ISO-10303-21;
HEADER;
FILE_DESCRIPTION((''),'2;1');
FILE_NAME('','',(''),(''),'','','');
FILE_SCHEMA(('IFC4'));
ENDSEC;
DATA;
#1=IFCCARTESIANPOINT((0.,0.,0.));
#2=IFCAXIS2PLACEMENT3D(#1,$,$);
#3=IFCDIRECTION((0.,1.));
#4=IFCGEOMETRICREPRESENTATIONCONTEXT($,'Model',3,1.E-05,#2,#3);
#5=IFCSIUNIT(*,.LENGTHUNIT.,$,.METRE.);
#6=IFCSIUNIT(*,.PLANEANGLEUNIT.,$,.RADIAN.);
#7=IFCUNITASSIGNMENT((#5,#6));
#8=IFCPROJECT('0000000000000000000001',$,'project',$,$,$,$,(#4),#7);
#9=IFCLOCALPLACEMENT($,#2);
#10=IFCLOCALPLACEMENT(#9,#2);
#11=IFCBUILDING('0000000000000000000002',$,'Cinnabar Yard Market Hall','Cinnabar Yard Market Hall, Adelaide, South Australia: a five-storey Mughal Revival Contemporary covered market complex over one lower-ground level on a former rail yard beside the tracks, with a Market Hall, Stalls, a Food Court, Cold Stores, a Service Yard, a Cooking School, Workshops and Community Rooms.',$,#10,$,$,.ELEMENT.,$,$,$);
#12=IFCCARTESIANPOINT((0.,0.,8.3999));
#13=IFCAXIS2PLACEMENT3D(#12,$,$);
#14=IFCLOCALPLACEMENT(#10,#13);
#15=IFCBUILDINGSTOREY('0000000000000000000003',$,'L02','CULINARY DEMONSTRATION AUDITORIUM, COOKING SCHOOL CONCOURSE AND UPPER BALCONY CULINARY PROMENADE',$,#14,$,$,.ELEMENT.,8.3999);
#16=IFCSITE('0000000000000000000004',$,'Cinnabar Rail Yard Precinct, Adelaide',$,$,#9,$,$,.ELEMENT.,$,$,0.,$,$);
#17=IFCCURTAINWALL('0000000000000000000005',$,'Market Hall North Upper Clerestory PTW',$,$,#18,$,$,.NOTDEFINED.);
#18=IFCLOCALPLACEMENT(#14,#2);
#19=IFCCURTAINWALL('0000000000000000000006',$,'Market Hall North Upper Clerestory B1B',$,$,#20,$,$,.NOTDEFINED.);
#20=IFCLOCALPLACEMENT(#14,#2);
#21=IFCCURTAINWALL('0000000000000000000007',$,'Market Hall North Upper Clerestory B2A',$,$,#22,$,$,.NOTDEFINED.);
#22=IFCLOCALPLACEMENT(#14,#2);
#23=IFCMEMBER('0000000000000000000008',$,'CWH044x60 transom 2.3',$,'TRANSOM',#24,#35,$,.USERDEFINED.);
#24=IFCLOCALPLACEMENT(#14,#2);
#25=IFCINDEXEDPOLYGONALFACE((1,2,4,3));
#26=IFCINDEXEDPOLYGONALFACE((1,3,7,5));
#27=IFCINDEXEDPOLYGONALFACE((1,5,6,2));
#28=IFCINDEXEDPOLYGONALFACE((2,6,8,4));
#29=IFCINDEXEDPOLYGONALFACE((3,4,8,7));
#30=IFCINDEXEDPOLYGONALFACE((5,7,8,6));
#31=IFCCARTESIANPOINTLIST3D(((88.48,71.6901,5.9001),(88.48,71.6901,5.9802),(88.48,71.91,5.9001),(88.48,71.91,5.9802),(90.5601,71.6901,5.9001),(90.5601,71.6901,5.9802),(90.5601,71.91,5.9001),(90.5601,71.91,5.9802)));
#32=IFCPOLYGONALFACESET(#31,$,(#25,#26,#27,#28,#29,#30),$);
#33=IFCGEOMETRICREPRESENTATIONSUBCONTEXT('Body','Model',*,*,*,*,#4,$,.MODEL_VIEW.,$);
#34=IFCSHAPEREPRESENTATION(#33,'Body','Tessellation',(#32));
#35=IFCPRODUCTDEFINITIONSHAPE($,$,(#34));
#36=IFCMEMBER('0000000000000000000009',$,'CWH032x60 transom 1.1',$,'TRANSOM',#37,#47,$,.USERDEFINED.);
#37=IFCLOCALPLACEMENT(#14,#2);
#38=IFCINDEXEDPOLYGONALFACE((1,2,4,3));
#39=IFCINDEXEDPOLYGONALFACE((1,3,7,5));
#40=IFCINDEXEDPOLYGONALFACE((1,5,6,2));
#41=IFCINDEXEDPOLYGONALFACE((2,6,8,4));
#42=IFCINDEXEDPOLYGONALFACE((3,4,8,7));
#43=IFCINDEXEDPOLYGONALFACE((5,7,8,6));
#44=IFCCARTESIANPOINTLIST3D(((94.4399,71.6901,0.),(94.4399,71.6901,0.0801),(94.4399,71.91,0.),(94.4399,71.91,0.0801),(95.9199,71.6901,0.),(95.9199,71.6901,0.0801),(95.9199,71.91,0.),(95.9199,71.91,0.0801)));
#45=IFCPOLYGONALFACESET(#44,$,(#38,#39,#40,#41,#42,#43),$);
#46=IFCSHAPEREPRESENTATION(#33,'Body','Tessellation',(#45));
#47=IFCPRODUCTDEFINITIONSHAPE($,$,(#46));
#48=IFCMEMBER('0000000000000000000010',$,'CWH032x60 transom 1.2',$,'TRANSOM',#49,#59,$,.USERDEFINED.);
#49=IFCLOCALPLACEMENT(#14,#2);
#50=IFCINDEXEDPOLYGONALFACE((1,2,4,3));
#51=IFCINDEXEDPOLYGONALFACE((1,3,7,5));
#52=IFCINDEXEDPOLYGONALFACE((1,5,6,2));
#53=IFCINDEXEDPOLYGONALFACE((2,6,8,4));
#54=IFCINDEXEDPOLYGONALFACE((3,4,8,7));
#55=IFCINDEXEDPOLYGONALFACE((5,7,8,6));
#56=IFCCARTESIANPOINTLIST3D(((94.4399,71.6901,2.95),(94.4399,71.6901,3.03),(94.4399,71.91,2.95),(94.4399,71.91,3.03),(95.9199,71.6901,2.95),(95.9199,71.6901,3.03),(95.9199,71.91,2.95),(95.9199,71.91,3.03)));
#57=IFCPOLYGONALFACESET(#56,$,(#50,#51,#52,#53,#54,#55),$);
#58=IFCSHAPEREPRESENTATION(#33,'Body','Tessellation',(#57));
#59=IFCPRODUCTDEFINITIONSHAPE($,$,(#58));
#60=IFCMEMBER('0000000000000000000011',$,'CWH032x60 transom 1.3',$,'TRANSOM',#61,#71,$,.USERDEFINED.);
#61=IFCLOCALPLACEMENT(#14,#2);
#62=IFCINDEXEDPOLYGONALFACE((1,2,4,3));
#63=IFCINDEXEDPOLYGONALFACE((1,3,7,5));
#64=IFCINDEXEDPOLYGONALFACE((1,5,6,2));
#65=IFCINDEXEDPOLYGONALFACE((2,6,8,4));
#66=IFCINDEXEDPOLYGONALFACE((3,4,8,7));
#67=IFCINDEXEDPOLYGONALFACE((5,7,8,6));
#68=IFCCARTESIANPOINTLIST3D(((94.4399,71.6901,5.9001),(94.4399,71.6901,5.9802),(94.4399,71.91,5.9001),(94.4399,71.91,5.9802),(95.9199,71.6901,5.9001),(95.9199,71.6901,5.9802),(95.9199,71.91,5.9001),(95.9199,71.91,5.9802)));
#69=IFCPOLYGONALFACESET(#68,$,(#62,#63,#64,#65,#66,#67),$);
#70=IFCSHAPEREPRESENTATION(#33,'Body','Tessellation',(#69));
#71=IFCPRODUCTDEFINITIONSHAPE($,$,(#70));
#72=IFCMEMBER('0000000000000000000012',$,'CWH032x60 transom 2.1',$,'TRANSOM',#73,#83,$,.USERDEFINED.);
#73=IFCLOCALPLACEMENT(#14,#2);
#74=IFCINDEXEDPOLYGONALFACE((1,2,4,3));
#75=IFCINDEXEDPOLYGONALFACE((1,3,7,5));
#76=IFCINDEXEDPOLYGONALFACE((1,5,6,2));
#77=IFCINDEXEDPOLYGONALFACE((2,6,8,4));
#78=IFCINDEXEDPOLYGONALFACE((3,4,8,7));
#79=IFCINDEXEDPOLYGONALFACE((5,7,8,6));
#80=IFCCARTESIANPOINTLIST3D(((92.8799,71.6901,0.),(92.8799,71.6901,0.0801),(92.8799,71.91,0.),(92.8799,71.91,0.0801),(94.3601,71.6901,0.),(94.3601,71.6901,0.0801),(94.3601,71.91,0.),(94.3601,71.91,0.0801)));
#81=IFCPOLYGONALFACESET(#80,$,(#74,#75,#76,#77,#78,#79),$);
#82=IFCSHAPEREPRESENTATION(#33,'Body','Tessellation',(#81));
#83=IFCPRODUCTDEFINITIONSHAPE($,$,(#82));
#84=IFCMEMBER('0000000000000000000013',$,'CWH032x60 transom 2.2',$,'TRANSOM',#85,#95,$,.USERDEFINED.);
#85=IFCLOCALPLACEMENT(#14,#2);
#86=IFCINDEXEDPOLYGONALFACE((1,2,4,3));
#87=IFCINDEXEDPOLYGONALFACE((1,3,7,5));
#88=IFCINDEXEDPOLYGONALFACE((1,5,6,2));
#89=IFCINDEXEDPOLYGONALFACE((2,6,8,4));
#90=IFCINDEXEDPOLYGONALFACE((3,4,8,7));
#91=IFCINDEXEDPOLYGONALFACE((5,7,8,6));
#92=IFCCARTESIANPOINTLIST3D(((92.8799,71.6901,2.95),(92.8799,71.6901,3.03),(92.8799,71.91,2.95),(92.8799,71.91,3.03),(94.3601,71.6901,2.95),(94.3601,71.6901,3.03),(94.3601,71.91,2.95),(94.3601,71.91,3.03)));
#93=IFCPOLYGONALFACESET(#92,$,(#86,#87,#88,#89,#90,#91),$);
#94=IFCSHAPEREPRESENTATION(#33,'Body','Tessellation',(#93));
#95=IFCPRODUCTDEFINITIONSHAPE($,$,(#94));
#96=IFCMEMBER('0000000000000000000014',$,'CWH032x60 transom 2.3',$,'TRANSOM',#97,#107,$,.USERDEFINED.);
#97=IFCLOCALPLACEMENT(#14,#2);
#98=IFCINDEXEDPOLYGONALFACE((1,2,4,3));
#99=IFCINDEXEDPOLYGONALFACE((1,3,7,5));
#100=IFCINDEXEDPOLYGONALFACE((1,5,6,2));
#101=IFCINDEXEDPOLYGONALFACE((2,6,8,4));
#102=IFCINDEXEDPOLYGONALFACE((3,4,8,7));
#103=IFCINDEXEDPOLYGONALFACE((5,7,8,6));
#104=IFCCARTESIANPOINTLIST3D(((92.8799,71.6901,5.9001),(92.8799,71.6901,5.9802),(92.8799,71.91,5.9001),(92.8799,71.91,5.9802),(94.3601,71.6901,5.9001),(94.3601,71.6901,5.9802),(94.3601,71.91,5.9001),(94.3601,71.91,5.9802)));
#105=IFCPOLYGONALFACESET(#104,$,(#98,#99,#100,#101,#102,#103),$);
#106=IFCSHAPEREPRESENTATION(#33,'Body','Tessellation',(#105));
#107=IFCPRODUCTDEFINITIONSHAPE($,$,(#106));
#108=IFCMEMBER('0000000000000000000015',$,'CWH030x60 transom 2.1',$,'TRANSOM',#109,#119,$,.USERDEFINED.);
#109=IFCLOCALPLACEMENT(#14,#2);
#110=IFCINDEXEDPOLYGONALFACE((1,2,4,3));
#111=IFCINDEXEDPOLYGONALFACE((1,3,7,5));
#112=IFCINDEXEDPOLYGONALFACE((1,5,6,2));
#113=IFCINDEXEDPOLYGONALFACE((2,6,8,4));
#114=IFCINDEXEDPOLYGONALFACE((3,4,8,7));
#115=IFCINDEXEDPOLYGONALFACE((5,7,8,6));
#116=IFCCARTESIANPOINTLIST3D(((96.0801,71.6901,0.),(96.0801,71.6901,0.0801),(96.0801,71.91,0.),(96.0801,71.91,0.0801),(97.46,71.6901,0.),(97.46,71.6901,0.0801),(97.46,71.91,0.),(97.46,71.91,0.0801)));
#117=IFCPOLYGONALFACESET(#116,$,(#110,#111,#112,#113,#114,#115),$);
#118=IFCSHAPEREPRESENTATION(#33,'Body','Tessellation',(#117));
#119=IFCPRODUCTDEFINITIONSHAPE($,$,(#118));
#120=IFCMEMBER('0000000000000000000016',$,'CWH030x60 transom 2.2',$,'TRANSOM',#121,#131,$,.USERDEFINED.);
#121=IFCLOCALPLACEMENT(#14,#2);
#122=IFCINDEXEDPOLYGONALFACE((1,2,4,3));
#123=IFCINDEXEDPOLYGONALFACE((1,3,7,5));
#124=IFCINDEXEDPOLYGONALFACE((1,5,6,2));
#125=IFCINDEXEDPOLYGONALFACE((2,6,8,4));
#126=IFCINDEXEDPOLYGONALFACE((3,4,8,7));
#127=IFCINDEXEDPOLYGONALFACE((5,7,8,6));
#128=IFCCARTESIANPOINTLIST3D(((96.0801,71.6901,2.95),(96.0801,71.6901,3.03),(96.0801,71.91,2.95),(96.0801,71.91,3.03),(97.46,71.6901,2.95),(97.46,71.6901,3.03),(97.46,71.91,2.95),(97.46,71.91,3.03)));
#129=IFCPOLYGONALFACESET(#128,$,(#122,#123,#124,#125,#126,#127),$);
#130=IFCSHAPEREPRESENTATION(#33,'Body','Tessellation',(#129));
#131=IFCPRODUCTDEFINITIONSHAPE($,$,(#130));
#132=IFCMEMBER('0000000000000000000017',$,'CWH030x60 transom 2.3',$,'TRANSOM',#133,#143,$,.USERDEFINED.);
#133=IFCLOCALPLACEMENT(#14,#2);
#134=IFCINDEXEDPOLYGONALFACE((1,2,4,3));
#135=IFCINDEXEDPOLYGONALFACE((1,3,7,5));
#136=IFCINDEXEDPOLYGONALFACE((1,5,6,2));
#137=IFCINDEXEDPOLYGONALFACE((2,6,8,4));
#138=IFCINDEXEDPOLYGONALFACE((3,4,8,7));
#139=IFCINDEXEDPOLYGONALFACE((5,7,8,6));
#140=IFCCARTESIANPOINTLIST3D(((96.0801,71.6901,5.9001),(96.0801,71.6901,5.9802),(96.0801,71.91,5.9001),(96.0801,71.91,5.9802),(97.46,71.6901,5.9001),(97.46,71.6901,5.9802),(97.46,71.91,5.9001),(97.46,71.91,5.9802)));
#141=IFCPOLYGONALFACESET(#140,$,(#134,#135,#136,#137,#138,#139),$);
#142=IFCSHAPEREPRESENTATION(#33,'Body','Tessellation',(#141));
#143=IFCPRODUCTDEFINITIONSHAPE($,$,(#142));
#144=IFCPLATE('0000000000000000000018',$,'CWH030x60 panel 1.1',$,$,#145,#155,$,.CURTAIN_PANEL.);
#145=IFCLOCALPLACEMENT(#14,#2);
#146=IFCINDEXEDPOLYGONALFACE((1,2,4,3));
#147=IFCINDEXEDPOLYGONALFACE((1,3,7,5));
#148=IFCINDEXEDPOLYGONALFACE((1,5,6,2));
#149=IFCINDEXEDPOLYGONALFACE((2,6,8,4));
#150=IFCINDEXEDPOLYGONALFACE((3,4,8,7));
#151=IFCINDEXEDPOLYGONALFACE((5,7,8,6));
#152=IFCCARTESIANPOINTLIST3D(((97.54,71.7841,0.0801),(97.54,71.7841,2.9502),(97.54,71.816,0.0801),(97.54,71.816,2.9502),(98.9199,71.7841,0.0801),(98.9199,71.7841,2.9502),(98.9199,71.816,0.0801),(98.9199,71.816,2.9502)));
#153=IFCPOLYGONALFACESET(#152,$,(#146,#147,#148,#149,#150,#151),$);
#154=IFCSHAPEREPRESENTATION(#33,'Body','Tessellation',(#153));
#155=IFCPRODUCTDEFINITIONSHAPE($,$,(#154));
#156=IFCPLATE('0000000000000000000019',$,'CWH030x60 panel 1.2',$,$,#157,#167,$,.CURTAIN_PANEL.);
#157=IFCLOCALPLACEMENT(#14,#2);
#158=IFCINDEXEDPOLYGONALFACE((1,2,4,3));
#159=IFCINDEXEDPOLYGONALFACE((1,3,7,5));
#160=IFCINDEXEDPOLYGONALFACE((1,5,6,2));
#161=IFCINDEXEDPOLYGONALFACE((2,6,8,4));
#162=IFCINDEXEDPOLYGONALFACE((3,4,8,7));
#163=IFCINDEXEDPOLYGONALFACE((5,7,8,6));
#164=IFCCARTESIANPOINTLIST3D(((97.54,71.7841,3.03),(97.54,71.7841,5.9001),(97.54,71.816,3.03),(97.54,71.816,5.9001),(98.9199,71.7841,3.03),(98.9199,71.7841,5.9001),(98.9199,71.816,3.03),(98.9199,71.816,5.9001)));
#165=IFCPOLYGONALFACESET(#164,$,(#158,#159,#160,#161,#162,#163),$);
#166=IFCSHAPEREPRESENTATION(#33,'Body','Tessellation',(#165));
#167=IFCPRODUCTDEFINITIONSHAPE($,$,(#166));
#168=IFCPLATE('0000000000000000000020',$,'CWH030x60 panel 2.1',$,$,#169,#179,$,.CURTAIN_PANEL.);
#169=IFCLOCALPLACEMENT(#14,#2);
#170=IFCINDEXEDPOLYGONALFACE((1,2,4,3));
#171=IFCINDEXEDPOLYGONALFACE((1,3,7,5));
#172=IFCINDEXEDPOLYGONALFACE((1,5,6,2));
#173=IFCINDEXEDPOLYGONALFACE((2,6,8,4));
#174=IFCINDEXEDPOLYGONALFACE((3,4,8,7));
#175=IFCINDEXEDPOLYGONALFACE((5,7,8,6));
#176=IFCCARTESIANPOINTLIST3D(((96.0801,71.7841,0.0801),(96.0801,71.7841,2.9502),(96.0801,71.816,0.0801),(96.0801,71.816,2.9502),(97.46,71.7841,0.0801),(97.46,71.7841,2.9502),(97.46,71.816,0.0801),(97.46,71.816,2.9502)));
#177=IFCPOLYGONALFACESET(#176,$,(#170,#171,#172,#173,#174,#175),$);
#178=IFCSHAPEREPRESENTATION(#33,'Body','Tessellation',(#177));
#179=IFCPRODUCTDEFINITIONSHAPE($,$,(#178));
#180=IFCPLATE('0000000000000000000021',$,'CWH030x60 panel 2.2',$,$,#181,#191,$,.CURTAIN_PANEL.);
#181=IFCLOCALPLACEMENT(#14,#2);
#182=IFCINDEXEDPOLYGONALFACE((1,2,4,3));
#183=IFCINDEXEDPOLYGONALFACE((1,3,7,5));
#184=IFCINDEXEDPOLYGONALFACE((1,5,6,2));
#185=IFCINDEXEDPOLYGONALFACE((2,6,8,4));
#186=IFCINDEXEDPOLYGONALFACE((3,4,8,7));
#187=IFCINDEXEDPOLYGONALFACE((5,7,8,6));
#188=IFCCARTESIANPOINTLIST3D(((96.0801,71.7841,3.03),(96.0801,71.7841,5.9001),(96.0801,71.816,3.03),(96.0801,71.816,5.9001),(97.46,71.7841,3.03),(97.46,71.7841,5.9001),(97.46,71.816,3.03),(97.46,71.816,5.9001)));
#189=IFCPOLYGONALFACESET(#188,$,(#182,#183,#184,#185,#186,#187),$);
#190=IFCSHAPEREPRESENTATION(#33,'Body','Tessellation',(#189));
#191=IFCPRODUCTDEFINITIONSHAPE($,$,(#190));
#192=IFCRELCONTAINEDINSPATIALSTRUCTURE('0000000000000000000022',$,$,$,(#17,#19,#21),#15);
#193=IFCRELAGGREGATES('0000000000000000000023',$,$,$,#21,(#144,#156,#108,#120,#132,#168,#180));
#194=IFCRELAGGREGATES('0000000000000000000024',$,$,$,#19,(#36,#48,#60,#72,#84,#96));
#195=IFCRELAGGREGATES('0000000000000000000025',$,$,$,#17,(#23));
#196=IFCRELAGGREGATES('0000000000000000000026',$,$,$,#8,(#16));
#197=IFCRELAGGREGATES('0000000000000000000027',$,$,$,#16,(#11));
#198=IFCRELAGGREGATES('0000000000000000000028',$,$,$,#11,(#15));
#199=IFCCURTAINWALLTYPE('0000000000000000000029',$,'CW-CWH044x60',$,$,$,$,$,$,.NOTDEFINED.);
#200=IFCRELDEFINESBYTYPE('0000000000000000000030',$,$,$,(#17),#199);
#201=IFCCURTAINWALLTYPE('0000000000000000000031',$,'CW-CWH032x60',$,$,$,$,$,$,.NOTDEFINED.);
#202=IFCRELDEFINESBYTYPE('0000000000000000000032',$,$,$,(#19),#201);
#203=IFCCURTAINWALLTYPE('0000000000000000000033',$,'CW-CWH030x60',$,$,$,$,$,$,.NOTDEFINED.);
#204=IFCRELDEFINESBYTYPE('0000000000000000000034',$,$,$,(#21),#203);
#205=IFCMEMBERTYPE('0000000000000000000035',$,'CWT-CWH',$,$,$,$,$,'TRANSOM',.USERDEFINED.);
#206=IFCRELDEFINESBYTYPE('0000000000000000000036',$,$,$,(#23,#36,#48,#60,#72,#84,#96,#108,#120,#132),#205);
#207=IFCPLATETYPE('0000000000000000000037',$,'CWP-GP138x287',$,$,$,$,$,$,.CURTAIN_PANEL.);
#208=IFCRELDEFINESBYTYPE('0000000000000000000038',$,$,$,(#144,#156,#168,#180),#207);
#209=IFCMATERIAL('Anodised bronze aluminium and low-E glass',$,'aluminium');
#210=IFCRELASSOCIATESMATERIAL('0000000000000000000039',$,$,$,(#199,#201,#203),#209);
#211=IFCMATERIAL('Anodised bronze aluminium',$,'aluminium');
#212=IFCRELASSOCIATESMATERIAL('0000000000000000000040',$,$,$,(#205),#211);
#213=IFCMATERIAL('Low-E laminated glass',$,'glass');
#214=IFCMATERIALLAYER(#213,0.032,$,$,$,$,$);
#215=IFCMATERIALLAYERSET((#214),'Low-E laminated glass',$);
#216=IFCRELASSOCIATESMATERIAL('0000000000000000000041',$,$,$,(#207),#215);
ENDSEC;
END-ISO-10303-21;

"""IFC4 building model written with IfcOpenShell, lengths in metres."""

from ifc_helpers import new_model, si_unit, direction, frame, origin, origin_2d_with_axis, place, context, subcontext, project, spatial, rectangle, extrude, material, layer, layer_set, material_profile, profile_set, type_object, element, aggregate, save


model = new_model("IFC4")

# Units and contexts
model_context = context("Model", 3, precision=1e-05, world=origin(), true_north=direction((0.0, 1.0)))
body_context = subcontext(model_context, "Body", "Model", "MODEL_VIEW")
ifc_project = project(units=[si_unit("LENGTHUNIT", "METRE"), si_unit("PLANEANGLEUNIT", "RADIAN")], contexts=[model_context])

# Site, building, storey
site_placement = place(None, origin())
site = spatial("IfcSite", under=ifc_project, at=site_placement, Name="Cinnabar Rail Yard Precinct, Adelaide", CompositionType="ELEMENT", RefElevation=0.0)
building_placement = place(site_placement, origin())
building = spatial("IfcBuilding", under=site, at=building_placement, Name="Cinnabar Yard Market Hall", Description="Cinnabar Yard Market Hall, Adelaide, South Australia: a five-storey Mughal Revival Contemporary covered market complex over one lower-ground level on a former rail yard beside the tracks, with a Market Hall, Stalls, a Food Court, Cold Stores, a Service Yard, a Cooking School, Workshops and Community Rooms.", CompositionType="ELEMENT")
storey_placement = place(building_placement, frame((0.0, 0.0, 8.3999)))
storey = spatial("IfcBuildingStorey", under=building, at=storey_placement, Name="L02", Description="CULINARY DEMONSTRATION AUDITORIUM, COOKING SCHOOL CONCOURSE AND UPPER BALCONY CULINARY PROMENADE", CompositionType="ELEMENT", Elevation=8.3999)

# Shared definitions
ifc_material_1 = material(Name="Anodised bronze aluminium and low-E glass", Category="aluminium")
curtain_wall_type_1 = type_object("IfcCurtainWallType", Name="CW-CWH044x60", PredefinedType="NOTDEFINED", material=ifc_material_1)
ifc_material_2 = material(Name="Anodised bronze aluminium", Category="aluminium")

# Curtain walls
curtain_wall_1_placement = place(storey_placement, origin())
curtain_wall_1 = element("IfcCurtainWall", 1, at=curtain_wall_1_placement, inside=storey, type_object=curtain_wall_type_1, Name="Market Hall North Upper Clerestory PTW", PredefinedType="NOTDEFINED")
curtain_wall_type_2 = type_object("IfcCurtainWallType", Name="CW-CWH032x60", PredefinedType="NOTDEFINED", material=ifc_material_1)
curtain_wall_2_placement = place(storey_placement, origin())
curtain_wall_2 = element("IfcCurtainWall", 2, at=curtain_wall_2_placement, inside=storey, type_object=curtain_wall_type_2, Name="Market Hall North Upper Clerestory B1B", PredefinedType="NOTDEFINED")
curtain_wall_type_3 = type_object("IfcCurtainWallType", Name="CW-CWH030x60", PredefinedType="NOTDEFINED", material=ifc_material_1)
curtain_wall_3_placement = place(storey_placement, origin())
curtain_wall_3 = element("IfcCurtainWall", 3, at=curtain_wall_3_placement, inside=storey, type_object=curtain_wall_type_3, Name="Market Hall North Upper Clerestory B2A", PredefinedType="NOTDEFINED")

# Members
ifc_material_profile_1 = material_profile(ifc_material_2, rectangle(XDim=0.22, YDim=0.0801, at=origin_2d_with_axis()), Name="TRN-CWH")
ifc_profile_set_1 = profile_set([ifc_material_profile_1], Name="Anodised bronze aluminium")
member_type_1 = type_object("IfcMemberType", Name="CWT-CWH", ElementType="TRANSOM", PredefinedType="USERDEFINED", material=ifc_profile_set_1)
member_1_placement = place(storey_placement, frame((90.5601, 71.8, 5.9402), z_axis=(-1.0, 0.0, 0.0), x_axis=(0.0, -1.0, 0.0)))
member_1 = element("IfcMember", 4, at=member_1_placement, type_object=member_type_1, Name="CWH044x60 transom 2.3", ObjectType="TRANSOM", PredefinedType="USERDEFINED", context=body_context, shape_type="SweptSolid", body=[
    extrude(rectangle(XDim=0.22, YDim=0.0801, at=origin_2d_with_axis()), origin(), (0.0, 0.0, 1.0), 2.0801),
])
member_2_placement = place(storey_placement, frame((95.9199, 71.8, 0.04), z_axis=(-1.0, 0.0, 0.0), x_axis=(0.0, -1.0, 0.0)))
member_2 = element("IfcMember", 5, at=member_2_placement, type_object=member_type_1, Name="CWH032x60 transom 1.1", ObjectType="TRANSOM", PredefinedType="USERDEFINED", context=body_context, shape_type="SweptSolid", body=[
    extrude(rectangle(XDim=0.22, YDim=0.0801, at=origin_2d_with_axis()), origin(), (0.0, 0.0, 1.0), 1.48),
])
member_3_placement = place(storey_placement, frame((95.9199, 71.8, 2.99), z_axis=(-1.0, 0.0, 0.0), x_axis=(0.0, -1.0, 0.0)))
member_3 = element("IfcMember", 6, at=member_3_placement, type_object=member_type_1, Name="CWH032x60 transom 1.2", ObjectType="TRANSOM", PredefinedType="USERDEFINED", context=body_context, shape_type="SweptSolid", body=[
    extrude(rectangle(XDim=0.22, YDim=0.0801, at=origin_2d_with_axis()), origin(), (0.0, 0.0, 1.0), 1.48),
])
member_4_placement = place(storey_placement, frame((95.9199, 71.8, 5.9402), z_axis=(-1.0, 0.0, 0.0), x_axis=(0.0, -1.0, 0.0)))
member_4 = element("IfcMember", 7, at=member_4_placement, type_object=member_type_1, Name="CWH032x60 transom 1.3", ObjectType="TRANSOM", PredefinedType="USERDEFINED", context=body_context, shape_type="SweptSolid", body=[
    extrude(rectangle(XDim=0.22, YDim=0.0801, at=origin_2d_with_axis()), origin(), (0.0, 0.0, 1.0), 1.48),
])
member_5_placement = place(storey_placement, frame((94.3601, 71.8, 0.04), z_axis=(-1.0, 0.0, 0.0), x_axis=(0.0, -1.0, 0.0)))
member_5 = element("IfcMember", 8, at=member_5_placement, type_object=member_type_1, Name="CWH032x60 transom 2.1", ObjectType="TRANSOM", PredefinedType="USERDEFINED", context=body_context, shape_type="SweptSolid", body=[
    extrude(rectangle(XDim=0.22, YDim=0.0801, at=origin_2d_with_axis()), origin(), (0.0, 0.0, 1.0), 1.4802),
])
member_6_placement = place(storey_placement, frame((94.3601, 71.8, 2.99), z_axis=(-1.0, 0.0, 0.0), x_axis=(0.0, -1.0, 0.0)))
member_6 = element("IfcMember", 9, at=member_6_placement, type_object=member_type_1, Name="CWH032x60 transom 2.2", ObjectType="TRANSOM", PredefinedType="USERDEFINED", context=body_context, shape_type="SweptSolid", body=[
    extrude(rectangle(XDim=0.22, YDim=0.0801, at=origin_2d_with_axis()), origin(), (0.0, 0.0, 1.0), 1.4802),
])
member_7_placement = place(storey_placement, frame((94.3601, 71.8, 5.9402), z_axis=(-1.0, 0.0, 0.0), x_axis=(0.0, -1.0, 0.0)))
member_7 = element("IfcMember", 10, at=member_7_placement, type_object=member_type_1, Name="CWH032x60 transom 2.3", ObjectType="TRANSOM", PredefinedType="USERDEFINED", context=body_context, shape_type="SweptSolid", body=[
    extrude(rectangle(XDim=0.22, YDim=0.0801, at=origin_2d_with_axis()), origin(), (0.0, 0.0, 1.0), 1.4802),
])
member_8_placement = place(storey_placement, frame((97.46, 71.8, 0.04), z_axis=(-1.0, 0.0, 0.0), x_axis=(0.0, -1.0, 0.0)))
member_8 = element("IfcMember", 11, at=member_8_placement, type_object=member_type_1, Name="CWH030x60 transom 2.1", ObjectType="TRANSOM", PredefinedType="USERDEFINED", context=body_context, shape_type="SweptSolid", body=[
    extrude(rectangle(XDim=0.22, YDim=0.0801, at=origin_2d_with_axis()), origin(), (0.0, 0.0, 1.0), 1.3799),
])
member_9_placement = place(storey_placement, frame((97.46, 71.8, 2.99), z_axis=(-1.0, 0.0, 0.0), x_axis=(0.0, -1.0, 0.0)))
member_9 = element("IfcMember", 12, at=member_9_placement, type_object=member_type_1, Name="CWH030x60 transom 2.2", ObjectType="TRANSOM", PredefinedType="USERDEFINED", context=body_context, shape_type="SweptSolid", body=[
    extrude(rectangle(XDim=0.22, YDim=0.0801, at=origin_2d_with_axis()), origin(), (0.0, 0.0, 1.0), 1.3799),
])
member_10_placement = place(storey_placement, frame((97.46, 71.8, 5.9402), z_axis=(-1.0, 0.0, 0.0), x_axis=(0.0, -1.0, 0.0)))
member_10 = element("IfcMember", 13, at=member_10_placement, type_object=member_type_1, Name="CWH030x60 transom 2.3", ObjectType="TRANSOM", PredefinedType="USERDEFINED", context=body_context, shape_type="SweptSolid", body=[
    extrude(rectangle(XDim=0.22, YDim=0.0801, at=origin_2d_with_axis()), origin(), (0.0, 0.0, 1.0), 1.3799),
])

# Plates
ifc_material_3 = material(Name="Low-E laminated glass", Category="glass")
ifc_layer_1 = layer(ifc_material_3, 0.032)
ifc_layer_set_1 = layer_set([ifc_layer_1], Name="Low-E laminated glass")
plate_type_1 = type_object("IfcPlateType", Name="CWP-GP138x287", PredefinedType="CURTAIN_PANEL", material=ifc_layer_set_1)
plate_1_placement = place(storey_placement, frame((98.23, 71.8, 0.0801), z_axis=(0.0, 0.0, 1.0), x_axis=(-1.0, 0.0, 0.0)))
plate_1 = element("IfcPlate", 14, at=plate_1_placement, type_object=plate_type_1, Name="CWH030x60 panel 1.1", PredefinedType="CURTAIN_PANEL", context=body_context, shape_type="SweptSolid", body=[
    extrude(rectangle(XDim=1.3799, YDim=0.032, at=origin_2d_with_axis()), origin(), (0.0, 0.0, 1.0), 2.8701),
])
plate_2_placement = place(storey_placement, frame((98.23, 71.8, 3.03), z_axis=(0.0, 0.0, 1.0), x_axis=(-1.0, 0.0, 0.0)))
plate_2 = element("IfcPlate", 15, at=plate_2_placement, type_object=plate_type_1, Name="CWH030x60 panel 1.2", PredefinedType="CURTAIN_PANEL", context=body_context, shape_type="SweptSolid", body=[
    extrude(rectangle(XDim=1.3799, YDim=0.032, at=origin_2d_with_axis()), origin(), (0.0, 0.0, 1.0), 2.8701),
])
plate_3_placement = place(storey_placement, frame((96.77, 71.8, 0.0801), z_axis=(0.0, 0.0, 1.0), x_axis=(-1.0, 0.0, 0.0)))
plate_3 = element("IfcPlate", 16, at=plate_3_placement, type_object=plate_type_1, Name="CWH030x60 panel 2.1", PredefinedType="CURTAIN_PANEL", context=body_context, shape_type="SweptSolid", body=[
    extrude(rectangle(XDim=1.3799, YDim=0.032, at=origin_2d_with_axis()), origin(), (0.0, 0.0, 1.0), 2.8701),
])
plate_4_placement = place(storey_placement, frame((96.77, 71.8, 3.03), z_axis=(0.0, 0.0, 1.0), x_axis=(-1.0, 0.0, 0.0)))
plate_4 = element("IfcPlate", 17, at=plate_4_placement, type_object=plate_type_1, Name="CWH030x60 panel 2.2", PredefinedType="CURTAIN_PANEL", context=body_context, shape_type="SweptSolid", body=[
    extrude(rectangle(XDim=1.3799, YDim=0.032, at=origin_2d_with_axis()), origin(), (0.0, 0.0, 1.0), 2.8701),
])
aggregate(curtain_wall_3, [plate_1, plate_2, member_8, member_9, member_10, plate_3, plate_4])
aggregate(curtain_wall_2, [member_2, member_3, member_4, member_5, member_6, member_7])
aggregate(curtain_wall_1, [member_1])

save(model, "model.ifc")
